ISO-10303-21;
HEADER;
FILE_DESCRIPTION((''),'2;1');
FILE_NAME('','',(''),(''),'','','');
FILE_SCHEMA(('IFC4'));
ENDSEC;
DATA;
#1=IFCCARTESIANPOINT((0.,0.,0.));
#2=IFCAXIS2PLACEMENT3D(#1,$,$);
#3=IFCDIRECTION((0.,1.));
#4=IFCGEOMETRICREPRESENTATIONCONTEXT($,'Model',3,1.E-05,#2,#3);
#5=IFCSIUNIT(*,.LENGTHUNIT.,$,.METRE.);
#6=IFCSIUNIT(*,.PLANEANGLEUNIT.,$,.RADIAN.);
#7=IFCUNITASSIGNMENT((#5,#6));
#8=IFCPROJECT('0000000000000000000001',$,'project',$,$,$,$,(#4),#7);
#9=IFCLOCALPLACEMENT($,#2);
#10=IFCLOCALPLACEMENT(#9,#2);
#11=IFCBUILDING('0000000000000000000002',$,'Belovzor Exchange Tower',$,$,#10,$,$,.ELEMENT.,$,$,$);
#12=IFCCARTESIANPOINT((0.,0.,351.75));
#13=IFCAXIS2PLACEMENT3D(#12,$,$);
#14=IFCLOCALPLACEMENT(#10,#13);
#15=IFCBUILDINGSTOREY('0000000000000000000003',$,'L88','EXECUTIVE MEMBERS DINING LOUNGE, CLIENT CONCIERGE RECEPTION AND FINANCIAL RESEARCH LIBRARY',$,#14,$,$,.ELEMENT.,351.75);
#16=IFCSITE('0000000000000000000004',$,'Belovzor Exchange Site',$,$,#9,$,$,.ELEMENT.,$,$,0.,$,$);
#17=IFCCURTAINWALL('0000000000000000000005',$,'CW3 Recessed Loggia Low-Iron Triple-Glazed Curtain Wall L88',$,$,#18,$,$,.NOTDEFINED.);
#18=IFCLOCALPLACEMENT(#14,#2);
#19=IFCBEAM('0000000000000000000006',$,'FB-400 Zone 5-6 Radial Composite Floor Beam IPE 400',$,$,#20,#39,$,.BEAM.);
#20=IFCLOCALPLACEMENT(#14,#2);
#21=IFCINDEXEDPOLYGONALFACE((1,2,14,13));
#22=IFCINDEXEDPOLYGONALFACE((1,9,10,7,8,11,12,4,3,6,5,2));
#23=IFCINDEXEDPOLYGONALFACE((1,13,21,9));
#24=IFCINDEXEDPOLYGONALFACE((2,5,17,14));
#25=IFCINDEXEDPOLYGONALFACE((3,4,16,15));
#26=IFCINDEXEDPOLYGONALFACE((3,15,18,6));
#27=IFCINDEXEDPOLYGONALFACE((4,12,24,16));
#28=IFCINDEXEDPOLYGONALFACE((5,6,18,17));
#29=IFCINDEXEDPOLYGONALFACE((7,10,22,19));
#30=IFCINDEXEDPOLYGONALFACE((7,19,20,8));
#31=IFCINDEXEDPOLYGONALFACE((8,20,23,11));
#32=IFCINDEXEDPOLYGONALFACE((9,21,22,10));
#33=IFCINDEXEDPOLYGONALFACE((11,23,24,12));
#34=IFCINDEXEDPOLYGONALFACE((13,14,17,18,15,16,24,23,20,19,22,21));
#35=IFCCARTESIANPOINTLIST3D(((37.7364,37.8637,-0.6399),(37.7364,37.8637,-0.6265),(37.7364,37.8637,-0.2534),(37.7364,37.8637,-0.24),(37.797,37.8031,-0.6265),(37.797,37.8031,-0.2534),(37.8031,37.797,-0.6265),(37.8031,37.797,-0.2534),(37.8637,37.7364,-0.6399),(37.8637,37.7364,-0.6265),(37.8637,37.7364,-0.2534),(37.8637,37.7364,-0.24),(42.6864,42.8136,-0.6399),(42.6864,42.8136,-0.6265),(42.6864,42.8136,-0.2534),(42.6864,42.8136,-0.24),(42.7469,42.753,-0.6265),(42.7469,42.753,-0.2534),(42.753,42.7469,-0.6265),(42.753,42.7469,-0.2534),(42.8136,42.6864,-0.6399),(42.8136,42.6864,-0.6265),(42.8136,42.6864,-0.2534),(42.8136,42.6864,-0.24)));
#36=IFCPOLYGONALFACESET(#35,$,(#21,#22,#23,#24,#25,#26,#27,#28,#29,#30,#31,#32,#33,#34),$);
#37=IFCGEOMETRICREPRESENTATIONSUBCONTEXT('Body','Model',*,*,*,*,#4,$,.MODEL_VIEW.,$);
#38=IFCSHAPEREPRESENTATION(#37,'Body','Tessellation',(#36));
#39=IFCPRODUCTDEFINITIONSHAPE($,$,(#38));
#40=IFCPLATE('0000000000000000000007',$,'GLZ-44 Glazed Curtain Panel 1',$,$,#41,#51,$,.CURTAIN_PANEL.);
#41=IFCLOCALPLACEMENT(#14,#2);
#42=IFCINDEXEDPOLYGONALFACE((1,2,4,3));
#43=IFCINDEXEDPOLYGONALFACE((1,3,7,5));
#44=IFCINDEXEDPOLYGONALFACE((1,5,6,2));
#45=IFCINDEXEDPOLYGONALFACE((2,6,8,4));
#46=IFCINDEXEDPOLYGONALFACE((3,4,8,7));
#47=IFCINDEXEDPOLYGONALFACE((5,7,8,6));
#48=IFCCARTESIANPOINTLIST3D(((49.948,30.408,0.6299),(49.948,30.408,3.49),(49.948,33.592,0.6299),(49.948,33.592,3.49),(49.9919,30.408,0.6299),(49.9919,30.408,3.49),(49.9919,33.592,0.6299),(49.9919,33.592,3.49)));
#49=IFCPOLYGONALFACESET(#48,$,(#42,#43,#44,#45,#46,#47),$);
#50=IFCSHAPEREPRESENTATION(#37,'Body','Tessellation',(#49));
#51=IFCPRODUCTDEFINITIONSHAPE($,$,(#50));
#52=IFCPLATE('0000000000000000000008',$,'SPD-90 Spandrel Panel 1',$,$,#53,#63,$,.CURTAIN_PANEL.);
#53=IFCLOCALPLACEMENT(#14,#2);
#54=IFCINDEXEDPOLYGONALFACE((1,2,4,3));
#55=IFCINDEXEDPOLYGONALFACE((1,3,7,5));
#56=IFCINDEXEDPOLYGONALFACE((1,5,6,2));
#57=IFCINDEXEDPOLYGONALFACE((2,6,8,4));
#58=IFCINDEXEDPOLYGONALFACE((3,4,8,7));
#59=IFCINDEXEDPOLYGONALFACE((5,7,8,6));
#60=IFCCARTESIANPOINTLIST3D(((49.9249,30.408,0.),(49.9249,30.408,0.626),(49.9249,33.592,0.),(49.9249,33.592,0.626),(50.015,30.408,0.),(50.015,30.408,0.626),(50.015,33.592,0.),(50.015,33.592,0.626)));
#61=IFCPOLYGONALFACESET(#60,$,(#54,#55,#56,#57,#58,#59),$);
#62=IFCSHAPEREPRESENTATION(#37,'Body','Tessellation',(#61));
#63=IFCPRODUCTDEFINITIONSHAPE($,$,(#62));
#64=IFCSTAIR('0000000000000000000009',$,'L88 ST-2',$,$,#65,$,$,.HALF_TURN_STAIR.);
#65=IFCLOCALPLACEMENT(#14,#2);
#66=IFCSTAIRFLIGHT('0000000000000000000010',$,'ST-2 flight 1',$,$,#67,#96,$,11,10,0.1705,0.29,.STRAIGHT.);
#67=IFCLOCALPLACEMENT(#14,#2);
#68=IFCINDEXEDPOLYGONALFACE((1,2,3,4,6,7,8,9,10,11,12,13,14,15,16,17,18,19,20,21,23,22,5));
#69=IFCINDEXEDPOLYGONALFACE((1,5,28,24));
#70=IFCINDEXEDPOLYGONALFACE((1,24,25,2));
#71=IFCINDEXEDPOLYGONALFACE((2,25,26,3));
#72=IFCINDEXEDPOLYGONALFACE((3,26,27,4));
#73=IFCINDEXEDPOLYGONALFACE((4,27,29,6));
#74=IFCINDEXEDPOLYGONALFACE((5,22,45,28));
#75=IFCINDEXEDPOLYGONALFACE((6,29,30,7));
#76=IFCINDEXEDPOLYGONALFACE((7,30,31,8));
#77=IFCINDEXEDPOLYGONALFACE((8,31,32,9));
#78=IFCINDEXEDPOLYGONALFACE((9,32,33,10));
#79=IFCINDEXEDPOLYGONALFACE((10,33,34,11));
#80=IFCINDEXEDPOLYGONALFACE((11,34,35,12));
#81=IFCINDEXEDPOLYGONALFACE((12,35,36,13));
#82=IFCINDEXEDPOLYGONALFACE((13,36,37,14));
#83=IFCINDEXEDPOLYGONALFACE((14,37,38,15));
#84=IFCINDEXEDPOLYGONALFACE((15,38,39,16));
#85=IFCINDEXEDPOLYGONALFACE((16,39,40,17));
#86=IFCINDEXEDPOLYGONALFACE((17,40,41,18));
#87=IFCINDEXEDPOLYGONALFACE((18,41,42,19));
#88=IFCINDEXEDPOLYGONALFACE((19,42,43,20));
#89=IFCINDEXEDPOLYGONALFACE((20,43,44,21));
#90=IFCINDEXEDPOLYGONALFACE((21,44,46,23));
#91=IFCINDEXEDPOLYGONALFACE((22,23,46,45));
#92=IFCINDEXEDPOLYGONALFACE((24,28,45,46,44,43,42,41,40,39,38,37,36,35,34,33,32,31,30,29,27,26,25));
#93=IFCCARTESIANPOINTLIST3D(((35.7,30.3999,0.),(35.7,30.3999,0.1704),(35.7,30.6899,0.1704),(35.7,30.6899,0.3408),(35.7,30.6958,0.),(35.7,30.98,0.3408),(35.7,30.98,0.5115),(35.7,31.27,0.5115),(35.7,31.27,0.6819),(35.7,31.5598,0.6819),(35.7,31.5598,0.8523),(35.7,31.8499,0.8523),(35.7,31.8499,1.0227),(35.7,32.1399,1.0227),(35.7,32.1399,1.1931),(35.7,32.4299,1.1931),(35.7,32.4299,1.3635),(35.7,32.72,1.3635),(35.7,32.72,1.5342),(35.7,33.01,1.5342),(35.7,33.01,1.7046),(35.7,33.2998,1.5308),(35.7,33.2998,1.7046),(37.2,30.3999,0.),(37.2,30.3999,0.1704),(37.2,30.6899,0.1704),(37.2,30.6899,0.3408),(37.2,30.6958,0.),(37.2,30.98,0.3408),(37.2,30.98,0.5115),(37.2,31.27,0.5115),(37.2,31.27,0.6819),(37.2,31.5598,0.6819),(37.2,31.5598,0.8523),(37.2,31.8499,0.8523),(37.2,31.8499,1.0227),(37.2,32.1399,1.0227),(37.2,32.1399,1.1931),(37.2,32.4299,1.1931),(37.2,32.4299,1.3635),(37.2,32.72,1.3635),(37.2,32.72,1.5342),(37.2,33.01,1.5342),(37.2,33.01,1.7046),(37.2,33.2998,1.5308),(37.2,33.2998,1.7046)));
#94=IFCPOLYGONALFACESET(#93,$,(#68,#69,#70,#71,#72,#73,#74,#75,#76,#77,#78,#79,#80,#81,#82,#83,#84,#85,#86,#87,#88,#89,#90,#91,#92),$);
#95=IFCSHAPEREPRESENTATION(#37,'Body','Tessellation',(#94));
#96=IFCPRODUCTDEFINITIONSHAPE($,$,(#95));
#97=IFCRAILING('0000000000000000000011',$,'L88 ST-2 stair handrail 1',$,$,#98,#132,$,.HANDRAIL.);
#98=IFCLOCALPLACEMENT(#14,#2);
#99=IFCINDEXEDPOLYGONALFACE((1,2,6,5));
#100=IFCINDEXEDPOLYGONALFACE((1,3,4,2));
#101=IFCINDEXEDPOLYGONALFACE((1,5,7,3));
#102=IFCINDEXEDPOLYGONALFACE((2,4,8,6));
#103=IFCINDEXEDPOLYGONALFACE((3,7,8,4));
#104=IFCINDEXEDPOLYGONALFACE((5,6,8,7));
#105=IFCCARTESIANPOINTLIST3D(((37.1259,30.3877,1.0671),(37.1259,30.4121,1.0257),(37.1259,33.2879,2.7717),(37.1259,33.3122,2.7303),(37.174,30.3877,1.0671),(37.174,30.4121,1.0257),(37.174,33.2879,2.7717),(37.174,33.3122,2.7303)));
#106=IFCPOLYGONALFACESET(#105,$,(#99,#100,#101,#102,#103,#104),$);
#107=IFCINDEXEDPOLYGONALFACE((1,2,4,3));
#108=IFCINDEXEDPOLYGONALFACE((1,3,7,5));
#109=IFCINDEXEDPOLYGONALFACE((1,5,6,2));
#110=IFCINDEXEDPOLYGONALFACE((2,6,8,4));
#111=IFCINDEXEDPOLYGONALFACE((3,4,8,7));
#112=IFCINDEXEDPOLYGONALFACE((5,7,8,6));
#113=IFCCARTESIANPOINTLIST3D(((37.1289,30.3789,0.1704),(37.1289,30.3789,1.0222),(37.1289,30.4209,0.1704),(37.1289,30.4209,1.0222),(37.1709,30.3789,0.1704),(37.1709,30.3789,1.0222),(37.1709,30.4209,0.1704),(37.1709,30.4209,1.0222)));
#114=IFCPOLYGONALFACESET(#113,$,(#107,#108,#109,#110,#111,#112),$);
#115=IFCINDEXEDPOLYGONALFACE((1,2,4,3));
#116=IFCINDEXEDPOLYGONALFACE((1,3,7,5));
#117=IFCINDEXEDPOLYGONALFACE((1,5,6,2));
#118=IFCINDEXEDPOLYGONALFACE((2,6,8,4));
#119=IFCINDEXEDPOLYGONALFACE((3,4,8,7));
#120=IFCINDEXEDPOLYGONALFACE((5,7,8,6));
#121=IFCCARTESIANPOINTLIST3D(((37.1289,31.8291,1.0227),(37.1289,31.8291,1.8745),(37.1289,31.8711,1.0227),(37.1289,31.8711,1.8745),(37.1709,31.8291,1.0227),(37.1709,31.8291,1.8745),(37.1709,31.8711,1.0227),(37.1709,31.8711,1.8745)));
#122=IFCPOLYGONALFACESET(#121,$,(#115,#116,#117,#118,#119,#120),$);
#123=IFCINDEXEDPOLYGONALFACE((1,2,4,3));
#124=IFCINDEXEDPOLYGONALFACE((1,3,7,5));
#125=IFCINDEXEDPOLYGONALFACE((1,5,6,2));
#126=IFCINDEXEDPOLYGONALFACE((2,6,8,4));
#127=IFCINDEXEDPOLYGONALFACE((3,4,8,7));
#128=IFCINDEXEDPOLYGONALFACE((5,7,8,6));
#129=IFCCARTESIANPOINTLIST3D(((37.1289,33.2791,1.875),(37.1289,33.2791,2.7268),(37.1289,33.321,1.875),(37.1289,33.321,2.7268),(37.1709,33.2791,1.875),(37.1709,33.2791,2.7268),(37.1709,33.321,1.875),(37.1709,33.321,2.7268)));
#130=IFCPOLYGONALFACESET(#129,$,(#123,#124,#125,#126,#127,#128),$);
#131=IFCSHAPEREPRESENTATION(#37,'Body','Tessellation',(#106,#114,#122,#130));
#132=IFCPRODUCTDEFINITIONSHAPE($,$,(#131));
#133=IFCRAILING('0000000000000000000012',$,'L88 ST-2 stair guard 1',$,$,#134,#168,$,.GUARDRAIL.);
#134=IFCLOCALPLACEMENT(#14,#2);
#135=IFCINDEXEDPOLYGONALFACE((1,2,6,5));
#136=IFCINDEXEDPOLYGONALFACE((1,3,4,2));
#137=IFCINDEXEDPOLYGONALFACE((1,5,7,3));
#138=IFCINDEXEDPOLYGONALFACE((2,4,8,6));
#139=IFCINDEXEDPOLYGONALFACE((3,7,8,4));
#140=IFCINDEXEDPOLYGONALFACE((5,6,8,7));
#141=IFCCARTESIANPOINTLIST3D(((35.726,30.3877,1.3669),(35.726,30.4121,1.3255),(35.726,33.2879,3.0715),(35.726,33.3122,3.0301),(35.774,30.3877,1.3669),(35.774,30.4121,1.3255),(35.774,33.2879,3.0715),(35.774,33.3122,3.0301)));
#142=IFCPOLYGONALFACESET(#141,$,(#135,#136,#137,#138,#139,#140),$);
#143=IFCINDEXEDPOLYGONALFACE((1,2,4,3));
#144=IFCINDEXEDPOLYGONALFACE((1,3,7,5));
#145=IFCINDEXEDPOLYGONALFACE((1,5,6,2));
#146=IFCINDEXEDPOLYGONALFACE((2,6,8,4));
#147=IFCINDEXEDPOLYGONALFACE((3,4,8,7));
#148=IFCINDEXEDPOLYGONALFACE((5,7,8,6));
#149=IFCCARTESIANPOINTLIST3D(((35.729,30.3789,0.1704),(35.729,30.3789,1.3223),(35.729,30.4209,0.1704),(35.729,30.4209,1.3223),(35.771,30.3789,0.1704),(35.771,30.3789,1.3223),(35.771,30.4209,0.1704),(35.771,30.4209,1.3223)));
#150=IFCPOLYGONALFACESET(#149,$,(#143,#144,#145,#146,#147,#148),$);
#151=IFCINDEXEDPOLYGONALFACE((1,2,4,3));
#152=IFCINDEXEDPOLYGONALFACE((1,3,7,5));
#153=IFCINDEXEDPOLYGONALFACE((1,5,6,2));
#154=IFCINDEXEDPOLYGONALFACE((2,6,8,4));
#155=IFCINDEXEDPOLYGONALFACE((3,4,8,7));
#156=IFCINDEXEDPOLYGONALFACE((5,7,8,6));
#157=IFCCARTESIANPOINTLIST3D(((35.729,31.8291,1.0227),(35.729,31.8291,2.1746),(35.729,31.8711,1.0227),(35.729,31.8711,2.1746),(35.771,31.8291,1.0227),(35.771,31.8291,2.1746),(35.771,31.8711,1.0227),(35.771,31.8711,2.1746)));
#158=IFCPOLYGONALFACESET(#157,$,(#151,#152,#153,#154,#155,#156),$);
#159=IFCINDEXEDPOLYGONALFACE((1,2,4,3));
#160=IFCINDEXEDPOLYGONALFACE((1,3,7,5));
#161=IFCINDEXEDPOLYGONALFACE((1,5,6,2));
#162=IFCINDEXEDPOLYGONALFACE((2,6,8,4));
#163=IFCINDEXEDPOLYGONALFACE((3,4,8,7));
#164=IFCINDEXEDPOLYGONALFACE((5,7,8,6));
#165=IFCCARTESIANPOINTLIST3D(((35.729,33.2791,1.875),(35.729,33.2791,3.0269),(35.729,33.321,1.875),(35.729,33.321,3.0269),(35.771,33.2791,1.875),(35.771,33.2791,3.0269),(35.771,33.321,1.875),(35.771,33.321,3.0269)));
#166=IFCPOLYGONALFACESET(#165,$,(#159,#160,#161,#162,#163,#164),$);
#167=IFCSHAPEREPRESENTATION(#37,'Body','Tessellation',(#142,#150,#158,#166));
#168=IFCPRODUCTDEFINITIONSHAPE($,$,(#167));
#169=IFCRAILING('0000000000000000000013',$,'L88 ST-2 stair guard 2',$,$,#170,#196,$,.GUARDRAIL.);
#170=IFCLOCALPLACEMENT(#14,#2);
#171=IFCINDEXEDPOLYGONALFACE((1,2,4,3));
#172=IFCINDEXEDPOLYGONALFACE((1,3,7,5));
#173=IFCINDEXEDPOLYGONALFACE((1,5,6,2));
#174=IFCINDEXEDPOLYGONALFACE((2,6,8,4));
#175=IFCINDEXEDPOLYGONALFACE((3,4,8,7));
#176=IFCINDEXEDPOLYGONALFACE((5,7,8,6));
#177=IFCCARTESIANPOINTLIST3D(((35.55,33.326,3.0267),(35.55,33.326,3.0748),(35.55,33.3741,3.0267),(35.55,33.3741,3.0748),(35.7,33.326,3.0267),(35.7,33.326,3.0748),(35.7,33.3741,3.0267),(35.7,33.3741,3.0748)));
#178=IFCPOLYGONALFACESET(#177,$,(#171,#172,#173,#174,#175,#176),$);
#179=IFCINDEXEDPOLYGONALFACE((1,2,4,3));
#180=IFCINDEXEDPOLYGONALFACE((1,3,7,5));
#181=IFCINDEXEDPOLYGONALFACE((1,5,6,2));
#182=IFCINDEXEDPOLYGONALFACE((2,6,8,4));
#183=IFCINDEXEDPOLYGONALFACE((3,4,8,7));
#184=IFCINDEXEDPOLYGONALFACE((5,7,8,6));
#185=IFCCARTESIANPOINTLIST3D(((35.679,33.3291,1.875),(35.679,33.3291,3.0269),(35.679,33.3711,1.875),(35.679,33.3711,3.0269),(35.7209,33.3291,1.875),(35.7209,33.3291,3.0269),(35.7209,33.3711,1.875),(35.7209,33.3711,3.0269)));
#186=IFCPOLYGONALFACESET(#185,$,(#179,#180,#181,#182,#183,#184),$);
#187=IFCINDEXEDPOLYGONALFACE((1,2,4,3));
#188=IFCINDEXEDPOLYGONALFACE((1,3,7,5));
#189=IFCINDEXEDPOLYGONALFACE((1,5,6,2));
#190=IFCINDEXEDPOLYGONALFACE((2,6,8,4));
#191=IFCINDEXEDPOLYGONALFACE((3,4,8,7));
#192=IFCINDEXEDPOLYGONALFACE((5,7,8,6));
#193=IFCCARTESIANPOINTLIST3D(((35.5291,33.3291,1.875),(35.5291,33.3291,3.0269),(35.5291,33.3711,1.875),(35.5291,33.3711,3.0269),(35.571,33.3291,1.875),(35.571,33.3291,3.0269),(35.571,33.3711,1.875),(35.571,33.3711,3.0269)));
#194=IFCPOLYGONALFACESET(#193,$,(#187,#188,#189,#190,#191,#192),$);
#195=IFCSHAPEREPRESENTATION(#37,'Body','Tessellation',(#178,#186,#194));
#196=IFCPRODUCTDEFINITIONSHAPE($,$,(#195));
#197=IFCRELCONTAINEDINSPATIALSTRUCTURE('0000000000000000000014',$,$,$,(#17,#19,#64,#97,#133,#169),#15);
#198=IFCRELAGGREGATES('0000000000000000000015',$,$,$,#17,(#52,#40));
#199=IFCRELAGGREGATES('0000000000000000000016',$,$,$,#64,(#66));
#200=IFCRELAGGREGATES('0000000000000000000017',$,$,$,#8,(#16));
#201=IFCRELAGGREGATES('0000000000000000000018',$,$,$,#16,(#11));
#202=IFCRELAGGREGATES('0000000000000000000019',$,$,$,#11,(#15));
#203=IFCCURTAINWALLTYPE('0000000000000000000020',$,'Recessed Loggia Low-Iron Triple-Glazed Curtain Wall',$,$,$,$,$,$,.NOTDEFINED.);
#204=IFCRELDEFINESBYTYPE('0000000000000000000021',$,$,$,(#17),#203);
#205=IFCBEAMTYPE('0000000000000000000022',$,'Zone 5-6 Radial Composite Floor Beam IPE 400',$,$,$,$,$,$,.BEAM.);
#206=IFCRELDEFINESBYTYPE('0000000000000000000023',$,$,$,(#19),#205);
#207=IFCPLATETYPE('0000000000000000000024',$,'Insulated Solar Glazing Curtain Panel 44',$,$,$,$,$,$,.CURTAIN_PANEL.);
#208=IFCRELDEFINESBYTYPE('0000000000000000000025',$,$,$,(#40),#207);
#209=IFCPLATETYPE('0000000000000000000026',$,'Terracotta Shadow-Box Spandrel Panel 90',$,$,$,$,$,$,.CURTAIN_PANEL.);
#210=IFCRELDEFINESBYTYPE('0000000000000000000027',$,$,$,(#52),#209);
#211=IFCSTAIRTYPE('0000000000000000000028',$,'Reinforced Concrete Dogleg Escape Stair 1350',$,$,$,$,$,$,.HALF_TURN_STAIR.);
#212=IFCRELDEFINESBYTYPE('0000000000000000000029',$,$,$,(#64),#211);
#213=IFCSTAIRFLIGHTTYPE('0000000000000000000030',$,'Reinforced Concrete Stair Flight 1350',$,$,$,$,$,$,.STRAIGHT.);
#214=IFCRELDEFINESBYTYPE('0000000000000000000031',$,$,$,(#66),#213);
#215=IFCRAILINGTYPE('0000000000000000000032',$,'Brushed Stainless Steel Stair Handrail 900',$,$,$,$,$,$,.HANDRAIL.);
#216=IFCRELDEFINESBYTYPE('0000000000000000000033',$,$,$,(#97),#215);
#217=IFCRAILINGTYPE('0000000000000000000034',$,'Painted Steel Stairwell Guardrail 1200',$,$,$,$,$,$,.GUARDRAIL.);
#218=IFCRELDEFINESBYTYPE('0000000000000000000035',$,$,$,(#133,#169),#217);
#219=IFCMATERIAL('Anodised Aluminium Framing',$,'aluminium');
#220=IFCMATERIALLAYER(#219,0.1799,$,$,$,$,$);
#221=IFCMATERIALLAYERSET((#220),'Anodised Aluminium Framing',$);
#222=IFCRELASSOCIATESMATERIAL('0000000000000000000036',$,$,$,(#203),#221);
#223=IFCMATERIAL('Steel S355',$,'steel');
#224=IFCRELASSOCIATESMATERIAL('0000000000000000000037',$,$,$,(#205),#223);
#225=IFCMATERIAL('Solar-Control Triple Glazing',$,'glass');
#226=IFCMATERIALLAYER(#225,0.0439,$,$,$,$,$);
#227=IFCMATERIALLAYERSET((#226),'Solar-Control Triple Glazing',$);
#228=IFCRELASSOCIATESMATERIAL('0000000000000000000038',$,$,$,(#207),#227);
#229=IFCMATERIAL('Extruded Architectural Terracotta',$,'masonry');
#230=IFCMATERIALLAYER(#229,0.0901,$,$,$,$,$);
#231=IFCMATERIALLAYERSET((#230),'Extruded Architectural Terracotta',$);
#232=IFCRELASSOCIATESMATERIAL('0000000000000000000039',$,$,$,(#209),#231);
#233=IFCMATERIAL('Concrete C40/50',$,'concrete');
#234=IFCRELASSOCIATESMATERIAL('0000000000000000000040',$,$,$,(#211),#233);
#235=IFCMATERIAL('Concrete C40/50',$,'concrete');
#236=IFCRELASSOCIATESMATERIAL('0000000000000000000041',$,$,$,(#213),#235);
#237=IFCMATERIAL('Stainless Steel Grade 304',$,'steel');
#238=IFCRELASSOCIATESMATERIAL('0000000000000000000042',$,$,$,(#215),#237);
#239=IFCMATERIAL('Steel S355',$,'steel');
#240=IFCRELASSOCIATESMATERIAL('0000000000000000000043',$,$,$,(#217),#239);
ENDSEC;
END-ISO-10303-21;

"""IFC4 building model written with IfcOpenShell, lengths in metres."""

from ifc_helpers import new_model, si_unit, direction, frame, origin, origin_2d, place, context, subcontext, project, spatial, polyline, rectangle, i_section, outline, extrude, material, layer, layer_set, material_profile, profile_set, type_object, element, aggregate, save


model = new_model("IFC4")

# Units and contexts
model_context = context("Model", 3, precision=1e-05, world=origin(), true_north=direction((0.0, 1.0)))
body_context = subcontext(model_context, "Body", "Model", "MODEL_VIEW")
ifc_project = project(units=[si_unit("LENGTHUNIT", "METRE"), si_unit("PLANEANGLEUNIT", "RADIAN")], contexts=[model_context])

# Site, building, storey
site_placement = place(None, origin())
site = spatial("IfcSite", under=ifc_project, at=site_placement, Name="Belovzor Exchange Site", CompositionType="ELEMENT", RefElevation=0.0)
building_placement = place(site_placement, origin())
building = spatial("IfcBuilding", under=site, at=building_placement, Name="Belovzor Exchange Tower", CompositionType="ELEMENT")
storey_placement = place(building_placement, frame((0.0, 0.0, 351.75)))
storey = spatial("IfcBuildingStorey", under=building, at=storey_placement, Name="L88", Description="EXECUTIVE MEMBERS DINING LOUNGE, CLIENT CONCIERGE RECEPTION AND FINANCIAL RESEARCH LIBRARY", CompositionType="ELEMENT", Elevation=351.75)

# Curtain wall
ifc_material_1 = material(Name="Anodised Aluminium Framing", Category="aluminium")
ifc_layer_1 = layer(ifc_material_1, 0.1799)
ifc_layer_set_1 = layer_set([ifc_layer_1], Name="Anodised Aluminium Framing")
curtain_wall_type = type_object("IfcCurtainWallType", Name="Recessed Loggia Low-Iron Triple-Glazed Curtain Wall", PredefinedType="NOTDEFINED", material=ifc_layer_set_1)
curtain_wall_placement = place(storey_placement, origin())
curtain_wall = element("IfcCurtainWall", 1, at=curtain_wall_placement, inside=storey, type_object=curtain_wall_type, Name="CW3 Recessed Loggia Low-Iron Triple-Glazed Curtain Wall L88", PredefinedType="NOTDEFINED")

# Beam
ifc_material_2 = material(Name="Steel S355", Category="steel")
ifc_material_profile_1 = material_profile(ifc_material_2, i_section(OverallWidth=0.1799, OverallDepth=0.3999, WebThickness=0.0085, FlangeThickness=0.0134, at=origin_2d()))
ifc_profile_set_1 = profile_set([ifc_material_profile_1], Name="Steel S355")
beam_type_1 = type_object("IfcBeamType", Name="Zone 5-6 Radial Composite Floor Beam IPE 400", PredefinedType="BEAM", material=ifc_profile_set_1)
beam_placement = place(storey_placement, frame((37.8, 37.8, -0.4399), z_axis=(0.707107, 0.707107, 0.0), x_axis=(-0.707107, 0.707107, 0.0)))
element("IfcBeam", 2, at=beam_placement, inside=storey, type_object=beam_type_1, Name="FB-400 Zone 5-6 Radial Composite Floor Beam IPE 400", PredefinedType="BEAM", context=body_context, shape_type="SweptSolid", body=[
    extrude(i_section(OverallWidth=0.1799, OverallDepth=0.3999, WebThickness=0.0085, FlangeThickness=0.0134, at=origin_2d()), origin(), (0.0, 0.0, 1.0), 7.0002),
])

# Plates
ifc_material_3 = material(Name="Solar-Control Triple Glazing", Category="glass")
ifc_layer_2 = layer(ifc_material_3, 0.0439)
ifc_layer_set_2 = layer_set([ifc_layer_2], Name="Solar-Control Triple Glazing")
plate_type_1 = type_object("IfcPlateType", Name="Insulated Solar Glazing Curtain Panel 44", PredefinedType="CURTAIN_PANEL", material=ifc_layer_set_2)
plate_1_placement = place(storey_placement, frame((49.97, 32.0, 0.6299), z_axis=(0.0, 0.0, 1.0), x_axis=(0.0, -1.0, 0.0)))
plate_1 = element("IfcPlate", 3, at=plate_1_placement, type_object=plate_type_1, Name="GLZ-44 Glazed Curtain Panel 1", PredefinedType="CURTAIN_PANEL", context=body_context, shape_type="SweptSolid", body=[
    extrude(rectangle(XDim=3.1841, YDim=0.0439, at=origin_2d()), origin(), (0.0, 0.0, 1.0), 2.8601),
])
ifc_material_4 = material(Name="Extruded Architectural Terracotta", Category="masonry")
ifc_layer_3 = layer(ifc_material_4, 0.0901)
ifc_layer_set_3 = layer_set([ifc_layer_3], Name="Extruded Architectural Terracotta")
plate_type_2 = type_object("IfcPlateType", Name="Terracotta Shadow-Box Spandrel Panel 90", PredefinedType="CURTAIN_PANEL", material=ifc_layer_set_3)
plate_2_placement = place(storey_placement, frame((49.97, 32.0, 0.0), z_axis=(0.0, 0.0, 1.0), x_axis=(0.0, -1.0, 0.0)))
plate_2 = element("IfcPlate", 4, at=plate_2_placement, type_object=plate_type_2, Name="SPD-90 Spandrel Panel 1", PredefinedType="CURTAIN_PANEL", context=body_context, shape_type="SweptSolid", body=[
    extrude(rectangle(XDim=3.1841, YDim=0.0901, at=origin_2d()), origin(), (0.0, 0.0, 1.0), 0.626),
])
aggregate(curtain_wall, [plate_2, plate_1])

# Stair, stair flight
ifc_material_5 = material(Name="Concrete C40/50", Category="concrete")
stair_type = type_object("IfcStairType", Name="Reinforced Concrete Dogleg Escape Stair 1350", PredefinedType="HALF_TURN_STAIR", material=ifc_material_5)
stair_placement = place(storey_placement, origin())
stair = element("IfcStair", 5, at=stair_placement, inside=storey, type_object=stair_type, Name="L88 ST-2", PredefinedType="HALF_TURN_STAIR")
ifc_material_6 = material(Name="Concrete C40/50", Category="concrete")
stair_flight_type = type_object("IfcStairFlightType", Name="Reinforced Concrete Stair Flight 1350", PredefinedType="STRAIGHT", material=ifc_material_6)
stair_flight_placement = place(storey_placement, frame((36.45, 30.3999, 0.0), z_axis=(0.0, 0.0, 1.0), x_axis=(0.0, 1.0, 0.0)))
stair_flight = element("IfcStairFlight", 6, at=stair_flight_placement, type_object=stair_flight_type, Name="ST-2 flight 1", NumberOfRisers=11, NumberOfTreads=10, PredefinedType="STRAIGHT", RiserHeight=0.1705, TreadLength=0.29, context=body_context, shape_type="SweptSolid", body=[
    extrude(outline(polyline([(0.0, 0.0), (0.0, 0.1704), (0.29, 0.1704), (0.29, 0.3408), (0.5801, 0.3408), (0.5801, 0.5115), (0.8701, 0.5115), (0.8701, 0.6819), (1.1599, 0.6819), (1.1599, 0.8523), (1.45, 0.8523), (1.45, 1.0227), (1.74, 1.0227), (1.74, 1.1931), (2.03, 1.1931), (2.03, 1.3635), (2.3201, 1.3635), (2.3201, 1.5342), (2.6101, 1.5342), (2.6101, 1.7046), (2.8999, 1.7046), (2.8999, 1.875), (2.8999, 1.5308), (0.2959, 0.0), (0.0, 0.0)])), frame((0.0, 0.75, 0.0), z_axis=(0.0, -1.0, 0.0), x_axis=(1.0, 0.0, 0.0)), (0.0, 0.0, 1.0), 1.5),
])
aggregate(stair, [stair_flight])

# Railings
ifc_material_7 = material(Name="Stainless Steel Grade 304", Category="steel")
railing_type_1 = type_object("IfcRailingType", Name="Brushed Stainless Steel Stair Handrail 900", PredefinedType="HANDRAIL", material=ifc_material_7)
railing_1_placement = place(storey_placement, frame((37.1499, 30.3999, 0.1704)))
element("IfcRailing", 7, at=railing_1_placement, inside=storey, type_object=railing_type_1, Name="L88 ST-2 stair handrail 1", PredefinedType="HANDRAIL", context=body_context, shape_type="SweptSolid", body=[
    extrude(rectangle(XDim=0.0481, YDim=0.0481, at=origin_2d()), frame((0.0, 0.0, 0.876), z_axis=(0.0, 0.862113, 0.506716), x_axis=(-1.0, 0.0, 0.0)), (0.0, 0.0, 1.0), 3.364),
    extrude(rectangle(XDim=0.042, YDim=0.042, at=origin_2d()), origin(), (0.0, 0.0, 1.0), 0.8518),
    extrude(rectangle(XDim=0.042, YDim=0.042, at=origin_2d()), frame((0.0, 1.4502, 0.8523)), (0.0, 0.0, 1.0), 0.8518),
    extrude(rectangle(XDim=0.042, YDim=0.042, at=origin_2d()), frame((0.0, 2.9001, 1.7046)), (0.0, 0.0, 1.0), 0.8518),
])
ifc_material_8 = material(Name="Steel S355", Category="steel")
railing_type_2 = type_object("IfcRailingType", Name="Painted Steel Stairwell Guardrail 1200", PredefinedType="GUARDRAIL", material=ifc_material_8)
railing_2_placement = place(storey_placement, frame((35.75, 30.3999, 0.1704)))
element("IfcRailing", 8, at=railing_2_placement, inside=storey, type_object=railing_type_2, Name="L88 ST-2 stair guard 1", PredefinedType="GUARDRAIL", context=body_context, shape_type="SweptSolid", body=[
    extrude(rectangle(XDim=0.0481, YDim=0.0481, at=origin_2d()), frame((0.0, 0.0, 1.1758), z_axis=(0.0, 0.862113, 0.506716), x_axis=(-1.0, 0.0, 0.0)), (0.0, 0.0, 1.0), 3.364),
    extrude(rectangle(XDim=0.042, YDim=0.042, at=origin_2d()), origin(), (0.0, 0.0, 1.0), 1.1519),
    extrude(rectangle(XDim=0.042, YDim=0.042, at=origin_2d()), frame((0.0, 1.4502, 0.8523)), (0.0, 0.0, 1.0), 1.1519),
    extrude(rectangle(XDim=0.042, YDim=0.042, at=origin_2d()), frame((0.0, 2.9001, 1.7046)), (0.0, 0.0, 1.0), 1.1519),
])
for number, where, name in (
    (9, (35.7, 33.3501, 1.875), "L88 ST-2 stair guard 2"),
):
    element("IfcRailing", number, at=place(storey_placement, frame(where)), inside=storey, type_object=railing_type_2, Name=name, PredefinedType="GUARDRAIL", context=body_context, shape_type="SweptSolid", body=[
        extrude(rectangle(XDim=0.0481, YDim=0.0481, at=origin_2d()), frame((0.0, 0.0, 1.1758), z_axis=(-1.0, 0.0, 0.0), x_axis=(0.0, -1.0, 0.0)), (0.0, 0.0, 1.0), 0.1499),
        extrude(rectangle(XDim=0.042, YDim=0.042, at=origin_2d()), origin(), (0.0, 0.0, 1.0), 1.1519),
        extrude(rectangle(XDim=0.042, YDim=0.042, at=origin_2d()), frame((-0.1499, 0.0, 0.0)), (0.0, 0.0, 1.0), 1.1519),
    ])

save(model, "model.ifc")
